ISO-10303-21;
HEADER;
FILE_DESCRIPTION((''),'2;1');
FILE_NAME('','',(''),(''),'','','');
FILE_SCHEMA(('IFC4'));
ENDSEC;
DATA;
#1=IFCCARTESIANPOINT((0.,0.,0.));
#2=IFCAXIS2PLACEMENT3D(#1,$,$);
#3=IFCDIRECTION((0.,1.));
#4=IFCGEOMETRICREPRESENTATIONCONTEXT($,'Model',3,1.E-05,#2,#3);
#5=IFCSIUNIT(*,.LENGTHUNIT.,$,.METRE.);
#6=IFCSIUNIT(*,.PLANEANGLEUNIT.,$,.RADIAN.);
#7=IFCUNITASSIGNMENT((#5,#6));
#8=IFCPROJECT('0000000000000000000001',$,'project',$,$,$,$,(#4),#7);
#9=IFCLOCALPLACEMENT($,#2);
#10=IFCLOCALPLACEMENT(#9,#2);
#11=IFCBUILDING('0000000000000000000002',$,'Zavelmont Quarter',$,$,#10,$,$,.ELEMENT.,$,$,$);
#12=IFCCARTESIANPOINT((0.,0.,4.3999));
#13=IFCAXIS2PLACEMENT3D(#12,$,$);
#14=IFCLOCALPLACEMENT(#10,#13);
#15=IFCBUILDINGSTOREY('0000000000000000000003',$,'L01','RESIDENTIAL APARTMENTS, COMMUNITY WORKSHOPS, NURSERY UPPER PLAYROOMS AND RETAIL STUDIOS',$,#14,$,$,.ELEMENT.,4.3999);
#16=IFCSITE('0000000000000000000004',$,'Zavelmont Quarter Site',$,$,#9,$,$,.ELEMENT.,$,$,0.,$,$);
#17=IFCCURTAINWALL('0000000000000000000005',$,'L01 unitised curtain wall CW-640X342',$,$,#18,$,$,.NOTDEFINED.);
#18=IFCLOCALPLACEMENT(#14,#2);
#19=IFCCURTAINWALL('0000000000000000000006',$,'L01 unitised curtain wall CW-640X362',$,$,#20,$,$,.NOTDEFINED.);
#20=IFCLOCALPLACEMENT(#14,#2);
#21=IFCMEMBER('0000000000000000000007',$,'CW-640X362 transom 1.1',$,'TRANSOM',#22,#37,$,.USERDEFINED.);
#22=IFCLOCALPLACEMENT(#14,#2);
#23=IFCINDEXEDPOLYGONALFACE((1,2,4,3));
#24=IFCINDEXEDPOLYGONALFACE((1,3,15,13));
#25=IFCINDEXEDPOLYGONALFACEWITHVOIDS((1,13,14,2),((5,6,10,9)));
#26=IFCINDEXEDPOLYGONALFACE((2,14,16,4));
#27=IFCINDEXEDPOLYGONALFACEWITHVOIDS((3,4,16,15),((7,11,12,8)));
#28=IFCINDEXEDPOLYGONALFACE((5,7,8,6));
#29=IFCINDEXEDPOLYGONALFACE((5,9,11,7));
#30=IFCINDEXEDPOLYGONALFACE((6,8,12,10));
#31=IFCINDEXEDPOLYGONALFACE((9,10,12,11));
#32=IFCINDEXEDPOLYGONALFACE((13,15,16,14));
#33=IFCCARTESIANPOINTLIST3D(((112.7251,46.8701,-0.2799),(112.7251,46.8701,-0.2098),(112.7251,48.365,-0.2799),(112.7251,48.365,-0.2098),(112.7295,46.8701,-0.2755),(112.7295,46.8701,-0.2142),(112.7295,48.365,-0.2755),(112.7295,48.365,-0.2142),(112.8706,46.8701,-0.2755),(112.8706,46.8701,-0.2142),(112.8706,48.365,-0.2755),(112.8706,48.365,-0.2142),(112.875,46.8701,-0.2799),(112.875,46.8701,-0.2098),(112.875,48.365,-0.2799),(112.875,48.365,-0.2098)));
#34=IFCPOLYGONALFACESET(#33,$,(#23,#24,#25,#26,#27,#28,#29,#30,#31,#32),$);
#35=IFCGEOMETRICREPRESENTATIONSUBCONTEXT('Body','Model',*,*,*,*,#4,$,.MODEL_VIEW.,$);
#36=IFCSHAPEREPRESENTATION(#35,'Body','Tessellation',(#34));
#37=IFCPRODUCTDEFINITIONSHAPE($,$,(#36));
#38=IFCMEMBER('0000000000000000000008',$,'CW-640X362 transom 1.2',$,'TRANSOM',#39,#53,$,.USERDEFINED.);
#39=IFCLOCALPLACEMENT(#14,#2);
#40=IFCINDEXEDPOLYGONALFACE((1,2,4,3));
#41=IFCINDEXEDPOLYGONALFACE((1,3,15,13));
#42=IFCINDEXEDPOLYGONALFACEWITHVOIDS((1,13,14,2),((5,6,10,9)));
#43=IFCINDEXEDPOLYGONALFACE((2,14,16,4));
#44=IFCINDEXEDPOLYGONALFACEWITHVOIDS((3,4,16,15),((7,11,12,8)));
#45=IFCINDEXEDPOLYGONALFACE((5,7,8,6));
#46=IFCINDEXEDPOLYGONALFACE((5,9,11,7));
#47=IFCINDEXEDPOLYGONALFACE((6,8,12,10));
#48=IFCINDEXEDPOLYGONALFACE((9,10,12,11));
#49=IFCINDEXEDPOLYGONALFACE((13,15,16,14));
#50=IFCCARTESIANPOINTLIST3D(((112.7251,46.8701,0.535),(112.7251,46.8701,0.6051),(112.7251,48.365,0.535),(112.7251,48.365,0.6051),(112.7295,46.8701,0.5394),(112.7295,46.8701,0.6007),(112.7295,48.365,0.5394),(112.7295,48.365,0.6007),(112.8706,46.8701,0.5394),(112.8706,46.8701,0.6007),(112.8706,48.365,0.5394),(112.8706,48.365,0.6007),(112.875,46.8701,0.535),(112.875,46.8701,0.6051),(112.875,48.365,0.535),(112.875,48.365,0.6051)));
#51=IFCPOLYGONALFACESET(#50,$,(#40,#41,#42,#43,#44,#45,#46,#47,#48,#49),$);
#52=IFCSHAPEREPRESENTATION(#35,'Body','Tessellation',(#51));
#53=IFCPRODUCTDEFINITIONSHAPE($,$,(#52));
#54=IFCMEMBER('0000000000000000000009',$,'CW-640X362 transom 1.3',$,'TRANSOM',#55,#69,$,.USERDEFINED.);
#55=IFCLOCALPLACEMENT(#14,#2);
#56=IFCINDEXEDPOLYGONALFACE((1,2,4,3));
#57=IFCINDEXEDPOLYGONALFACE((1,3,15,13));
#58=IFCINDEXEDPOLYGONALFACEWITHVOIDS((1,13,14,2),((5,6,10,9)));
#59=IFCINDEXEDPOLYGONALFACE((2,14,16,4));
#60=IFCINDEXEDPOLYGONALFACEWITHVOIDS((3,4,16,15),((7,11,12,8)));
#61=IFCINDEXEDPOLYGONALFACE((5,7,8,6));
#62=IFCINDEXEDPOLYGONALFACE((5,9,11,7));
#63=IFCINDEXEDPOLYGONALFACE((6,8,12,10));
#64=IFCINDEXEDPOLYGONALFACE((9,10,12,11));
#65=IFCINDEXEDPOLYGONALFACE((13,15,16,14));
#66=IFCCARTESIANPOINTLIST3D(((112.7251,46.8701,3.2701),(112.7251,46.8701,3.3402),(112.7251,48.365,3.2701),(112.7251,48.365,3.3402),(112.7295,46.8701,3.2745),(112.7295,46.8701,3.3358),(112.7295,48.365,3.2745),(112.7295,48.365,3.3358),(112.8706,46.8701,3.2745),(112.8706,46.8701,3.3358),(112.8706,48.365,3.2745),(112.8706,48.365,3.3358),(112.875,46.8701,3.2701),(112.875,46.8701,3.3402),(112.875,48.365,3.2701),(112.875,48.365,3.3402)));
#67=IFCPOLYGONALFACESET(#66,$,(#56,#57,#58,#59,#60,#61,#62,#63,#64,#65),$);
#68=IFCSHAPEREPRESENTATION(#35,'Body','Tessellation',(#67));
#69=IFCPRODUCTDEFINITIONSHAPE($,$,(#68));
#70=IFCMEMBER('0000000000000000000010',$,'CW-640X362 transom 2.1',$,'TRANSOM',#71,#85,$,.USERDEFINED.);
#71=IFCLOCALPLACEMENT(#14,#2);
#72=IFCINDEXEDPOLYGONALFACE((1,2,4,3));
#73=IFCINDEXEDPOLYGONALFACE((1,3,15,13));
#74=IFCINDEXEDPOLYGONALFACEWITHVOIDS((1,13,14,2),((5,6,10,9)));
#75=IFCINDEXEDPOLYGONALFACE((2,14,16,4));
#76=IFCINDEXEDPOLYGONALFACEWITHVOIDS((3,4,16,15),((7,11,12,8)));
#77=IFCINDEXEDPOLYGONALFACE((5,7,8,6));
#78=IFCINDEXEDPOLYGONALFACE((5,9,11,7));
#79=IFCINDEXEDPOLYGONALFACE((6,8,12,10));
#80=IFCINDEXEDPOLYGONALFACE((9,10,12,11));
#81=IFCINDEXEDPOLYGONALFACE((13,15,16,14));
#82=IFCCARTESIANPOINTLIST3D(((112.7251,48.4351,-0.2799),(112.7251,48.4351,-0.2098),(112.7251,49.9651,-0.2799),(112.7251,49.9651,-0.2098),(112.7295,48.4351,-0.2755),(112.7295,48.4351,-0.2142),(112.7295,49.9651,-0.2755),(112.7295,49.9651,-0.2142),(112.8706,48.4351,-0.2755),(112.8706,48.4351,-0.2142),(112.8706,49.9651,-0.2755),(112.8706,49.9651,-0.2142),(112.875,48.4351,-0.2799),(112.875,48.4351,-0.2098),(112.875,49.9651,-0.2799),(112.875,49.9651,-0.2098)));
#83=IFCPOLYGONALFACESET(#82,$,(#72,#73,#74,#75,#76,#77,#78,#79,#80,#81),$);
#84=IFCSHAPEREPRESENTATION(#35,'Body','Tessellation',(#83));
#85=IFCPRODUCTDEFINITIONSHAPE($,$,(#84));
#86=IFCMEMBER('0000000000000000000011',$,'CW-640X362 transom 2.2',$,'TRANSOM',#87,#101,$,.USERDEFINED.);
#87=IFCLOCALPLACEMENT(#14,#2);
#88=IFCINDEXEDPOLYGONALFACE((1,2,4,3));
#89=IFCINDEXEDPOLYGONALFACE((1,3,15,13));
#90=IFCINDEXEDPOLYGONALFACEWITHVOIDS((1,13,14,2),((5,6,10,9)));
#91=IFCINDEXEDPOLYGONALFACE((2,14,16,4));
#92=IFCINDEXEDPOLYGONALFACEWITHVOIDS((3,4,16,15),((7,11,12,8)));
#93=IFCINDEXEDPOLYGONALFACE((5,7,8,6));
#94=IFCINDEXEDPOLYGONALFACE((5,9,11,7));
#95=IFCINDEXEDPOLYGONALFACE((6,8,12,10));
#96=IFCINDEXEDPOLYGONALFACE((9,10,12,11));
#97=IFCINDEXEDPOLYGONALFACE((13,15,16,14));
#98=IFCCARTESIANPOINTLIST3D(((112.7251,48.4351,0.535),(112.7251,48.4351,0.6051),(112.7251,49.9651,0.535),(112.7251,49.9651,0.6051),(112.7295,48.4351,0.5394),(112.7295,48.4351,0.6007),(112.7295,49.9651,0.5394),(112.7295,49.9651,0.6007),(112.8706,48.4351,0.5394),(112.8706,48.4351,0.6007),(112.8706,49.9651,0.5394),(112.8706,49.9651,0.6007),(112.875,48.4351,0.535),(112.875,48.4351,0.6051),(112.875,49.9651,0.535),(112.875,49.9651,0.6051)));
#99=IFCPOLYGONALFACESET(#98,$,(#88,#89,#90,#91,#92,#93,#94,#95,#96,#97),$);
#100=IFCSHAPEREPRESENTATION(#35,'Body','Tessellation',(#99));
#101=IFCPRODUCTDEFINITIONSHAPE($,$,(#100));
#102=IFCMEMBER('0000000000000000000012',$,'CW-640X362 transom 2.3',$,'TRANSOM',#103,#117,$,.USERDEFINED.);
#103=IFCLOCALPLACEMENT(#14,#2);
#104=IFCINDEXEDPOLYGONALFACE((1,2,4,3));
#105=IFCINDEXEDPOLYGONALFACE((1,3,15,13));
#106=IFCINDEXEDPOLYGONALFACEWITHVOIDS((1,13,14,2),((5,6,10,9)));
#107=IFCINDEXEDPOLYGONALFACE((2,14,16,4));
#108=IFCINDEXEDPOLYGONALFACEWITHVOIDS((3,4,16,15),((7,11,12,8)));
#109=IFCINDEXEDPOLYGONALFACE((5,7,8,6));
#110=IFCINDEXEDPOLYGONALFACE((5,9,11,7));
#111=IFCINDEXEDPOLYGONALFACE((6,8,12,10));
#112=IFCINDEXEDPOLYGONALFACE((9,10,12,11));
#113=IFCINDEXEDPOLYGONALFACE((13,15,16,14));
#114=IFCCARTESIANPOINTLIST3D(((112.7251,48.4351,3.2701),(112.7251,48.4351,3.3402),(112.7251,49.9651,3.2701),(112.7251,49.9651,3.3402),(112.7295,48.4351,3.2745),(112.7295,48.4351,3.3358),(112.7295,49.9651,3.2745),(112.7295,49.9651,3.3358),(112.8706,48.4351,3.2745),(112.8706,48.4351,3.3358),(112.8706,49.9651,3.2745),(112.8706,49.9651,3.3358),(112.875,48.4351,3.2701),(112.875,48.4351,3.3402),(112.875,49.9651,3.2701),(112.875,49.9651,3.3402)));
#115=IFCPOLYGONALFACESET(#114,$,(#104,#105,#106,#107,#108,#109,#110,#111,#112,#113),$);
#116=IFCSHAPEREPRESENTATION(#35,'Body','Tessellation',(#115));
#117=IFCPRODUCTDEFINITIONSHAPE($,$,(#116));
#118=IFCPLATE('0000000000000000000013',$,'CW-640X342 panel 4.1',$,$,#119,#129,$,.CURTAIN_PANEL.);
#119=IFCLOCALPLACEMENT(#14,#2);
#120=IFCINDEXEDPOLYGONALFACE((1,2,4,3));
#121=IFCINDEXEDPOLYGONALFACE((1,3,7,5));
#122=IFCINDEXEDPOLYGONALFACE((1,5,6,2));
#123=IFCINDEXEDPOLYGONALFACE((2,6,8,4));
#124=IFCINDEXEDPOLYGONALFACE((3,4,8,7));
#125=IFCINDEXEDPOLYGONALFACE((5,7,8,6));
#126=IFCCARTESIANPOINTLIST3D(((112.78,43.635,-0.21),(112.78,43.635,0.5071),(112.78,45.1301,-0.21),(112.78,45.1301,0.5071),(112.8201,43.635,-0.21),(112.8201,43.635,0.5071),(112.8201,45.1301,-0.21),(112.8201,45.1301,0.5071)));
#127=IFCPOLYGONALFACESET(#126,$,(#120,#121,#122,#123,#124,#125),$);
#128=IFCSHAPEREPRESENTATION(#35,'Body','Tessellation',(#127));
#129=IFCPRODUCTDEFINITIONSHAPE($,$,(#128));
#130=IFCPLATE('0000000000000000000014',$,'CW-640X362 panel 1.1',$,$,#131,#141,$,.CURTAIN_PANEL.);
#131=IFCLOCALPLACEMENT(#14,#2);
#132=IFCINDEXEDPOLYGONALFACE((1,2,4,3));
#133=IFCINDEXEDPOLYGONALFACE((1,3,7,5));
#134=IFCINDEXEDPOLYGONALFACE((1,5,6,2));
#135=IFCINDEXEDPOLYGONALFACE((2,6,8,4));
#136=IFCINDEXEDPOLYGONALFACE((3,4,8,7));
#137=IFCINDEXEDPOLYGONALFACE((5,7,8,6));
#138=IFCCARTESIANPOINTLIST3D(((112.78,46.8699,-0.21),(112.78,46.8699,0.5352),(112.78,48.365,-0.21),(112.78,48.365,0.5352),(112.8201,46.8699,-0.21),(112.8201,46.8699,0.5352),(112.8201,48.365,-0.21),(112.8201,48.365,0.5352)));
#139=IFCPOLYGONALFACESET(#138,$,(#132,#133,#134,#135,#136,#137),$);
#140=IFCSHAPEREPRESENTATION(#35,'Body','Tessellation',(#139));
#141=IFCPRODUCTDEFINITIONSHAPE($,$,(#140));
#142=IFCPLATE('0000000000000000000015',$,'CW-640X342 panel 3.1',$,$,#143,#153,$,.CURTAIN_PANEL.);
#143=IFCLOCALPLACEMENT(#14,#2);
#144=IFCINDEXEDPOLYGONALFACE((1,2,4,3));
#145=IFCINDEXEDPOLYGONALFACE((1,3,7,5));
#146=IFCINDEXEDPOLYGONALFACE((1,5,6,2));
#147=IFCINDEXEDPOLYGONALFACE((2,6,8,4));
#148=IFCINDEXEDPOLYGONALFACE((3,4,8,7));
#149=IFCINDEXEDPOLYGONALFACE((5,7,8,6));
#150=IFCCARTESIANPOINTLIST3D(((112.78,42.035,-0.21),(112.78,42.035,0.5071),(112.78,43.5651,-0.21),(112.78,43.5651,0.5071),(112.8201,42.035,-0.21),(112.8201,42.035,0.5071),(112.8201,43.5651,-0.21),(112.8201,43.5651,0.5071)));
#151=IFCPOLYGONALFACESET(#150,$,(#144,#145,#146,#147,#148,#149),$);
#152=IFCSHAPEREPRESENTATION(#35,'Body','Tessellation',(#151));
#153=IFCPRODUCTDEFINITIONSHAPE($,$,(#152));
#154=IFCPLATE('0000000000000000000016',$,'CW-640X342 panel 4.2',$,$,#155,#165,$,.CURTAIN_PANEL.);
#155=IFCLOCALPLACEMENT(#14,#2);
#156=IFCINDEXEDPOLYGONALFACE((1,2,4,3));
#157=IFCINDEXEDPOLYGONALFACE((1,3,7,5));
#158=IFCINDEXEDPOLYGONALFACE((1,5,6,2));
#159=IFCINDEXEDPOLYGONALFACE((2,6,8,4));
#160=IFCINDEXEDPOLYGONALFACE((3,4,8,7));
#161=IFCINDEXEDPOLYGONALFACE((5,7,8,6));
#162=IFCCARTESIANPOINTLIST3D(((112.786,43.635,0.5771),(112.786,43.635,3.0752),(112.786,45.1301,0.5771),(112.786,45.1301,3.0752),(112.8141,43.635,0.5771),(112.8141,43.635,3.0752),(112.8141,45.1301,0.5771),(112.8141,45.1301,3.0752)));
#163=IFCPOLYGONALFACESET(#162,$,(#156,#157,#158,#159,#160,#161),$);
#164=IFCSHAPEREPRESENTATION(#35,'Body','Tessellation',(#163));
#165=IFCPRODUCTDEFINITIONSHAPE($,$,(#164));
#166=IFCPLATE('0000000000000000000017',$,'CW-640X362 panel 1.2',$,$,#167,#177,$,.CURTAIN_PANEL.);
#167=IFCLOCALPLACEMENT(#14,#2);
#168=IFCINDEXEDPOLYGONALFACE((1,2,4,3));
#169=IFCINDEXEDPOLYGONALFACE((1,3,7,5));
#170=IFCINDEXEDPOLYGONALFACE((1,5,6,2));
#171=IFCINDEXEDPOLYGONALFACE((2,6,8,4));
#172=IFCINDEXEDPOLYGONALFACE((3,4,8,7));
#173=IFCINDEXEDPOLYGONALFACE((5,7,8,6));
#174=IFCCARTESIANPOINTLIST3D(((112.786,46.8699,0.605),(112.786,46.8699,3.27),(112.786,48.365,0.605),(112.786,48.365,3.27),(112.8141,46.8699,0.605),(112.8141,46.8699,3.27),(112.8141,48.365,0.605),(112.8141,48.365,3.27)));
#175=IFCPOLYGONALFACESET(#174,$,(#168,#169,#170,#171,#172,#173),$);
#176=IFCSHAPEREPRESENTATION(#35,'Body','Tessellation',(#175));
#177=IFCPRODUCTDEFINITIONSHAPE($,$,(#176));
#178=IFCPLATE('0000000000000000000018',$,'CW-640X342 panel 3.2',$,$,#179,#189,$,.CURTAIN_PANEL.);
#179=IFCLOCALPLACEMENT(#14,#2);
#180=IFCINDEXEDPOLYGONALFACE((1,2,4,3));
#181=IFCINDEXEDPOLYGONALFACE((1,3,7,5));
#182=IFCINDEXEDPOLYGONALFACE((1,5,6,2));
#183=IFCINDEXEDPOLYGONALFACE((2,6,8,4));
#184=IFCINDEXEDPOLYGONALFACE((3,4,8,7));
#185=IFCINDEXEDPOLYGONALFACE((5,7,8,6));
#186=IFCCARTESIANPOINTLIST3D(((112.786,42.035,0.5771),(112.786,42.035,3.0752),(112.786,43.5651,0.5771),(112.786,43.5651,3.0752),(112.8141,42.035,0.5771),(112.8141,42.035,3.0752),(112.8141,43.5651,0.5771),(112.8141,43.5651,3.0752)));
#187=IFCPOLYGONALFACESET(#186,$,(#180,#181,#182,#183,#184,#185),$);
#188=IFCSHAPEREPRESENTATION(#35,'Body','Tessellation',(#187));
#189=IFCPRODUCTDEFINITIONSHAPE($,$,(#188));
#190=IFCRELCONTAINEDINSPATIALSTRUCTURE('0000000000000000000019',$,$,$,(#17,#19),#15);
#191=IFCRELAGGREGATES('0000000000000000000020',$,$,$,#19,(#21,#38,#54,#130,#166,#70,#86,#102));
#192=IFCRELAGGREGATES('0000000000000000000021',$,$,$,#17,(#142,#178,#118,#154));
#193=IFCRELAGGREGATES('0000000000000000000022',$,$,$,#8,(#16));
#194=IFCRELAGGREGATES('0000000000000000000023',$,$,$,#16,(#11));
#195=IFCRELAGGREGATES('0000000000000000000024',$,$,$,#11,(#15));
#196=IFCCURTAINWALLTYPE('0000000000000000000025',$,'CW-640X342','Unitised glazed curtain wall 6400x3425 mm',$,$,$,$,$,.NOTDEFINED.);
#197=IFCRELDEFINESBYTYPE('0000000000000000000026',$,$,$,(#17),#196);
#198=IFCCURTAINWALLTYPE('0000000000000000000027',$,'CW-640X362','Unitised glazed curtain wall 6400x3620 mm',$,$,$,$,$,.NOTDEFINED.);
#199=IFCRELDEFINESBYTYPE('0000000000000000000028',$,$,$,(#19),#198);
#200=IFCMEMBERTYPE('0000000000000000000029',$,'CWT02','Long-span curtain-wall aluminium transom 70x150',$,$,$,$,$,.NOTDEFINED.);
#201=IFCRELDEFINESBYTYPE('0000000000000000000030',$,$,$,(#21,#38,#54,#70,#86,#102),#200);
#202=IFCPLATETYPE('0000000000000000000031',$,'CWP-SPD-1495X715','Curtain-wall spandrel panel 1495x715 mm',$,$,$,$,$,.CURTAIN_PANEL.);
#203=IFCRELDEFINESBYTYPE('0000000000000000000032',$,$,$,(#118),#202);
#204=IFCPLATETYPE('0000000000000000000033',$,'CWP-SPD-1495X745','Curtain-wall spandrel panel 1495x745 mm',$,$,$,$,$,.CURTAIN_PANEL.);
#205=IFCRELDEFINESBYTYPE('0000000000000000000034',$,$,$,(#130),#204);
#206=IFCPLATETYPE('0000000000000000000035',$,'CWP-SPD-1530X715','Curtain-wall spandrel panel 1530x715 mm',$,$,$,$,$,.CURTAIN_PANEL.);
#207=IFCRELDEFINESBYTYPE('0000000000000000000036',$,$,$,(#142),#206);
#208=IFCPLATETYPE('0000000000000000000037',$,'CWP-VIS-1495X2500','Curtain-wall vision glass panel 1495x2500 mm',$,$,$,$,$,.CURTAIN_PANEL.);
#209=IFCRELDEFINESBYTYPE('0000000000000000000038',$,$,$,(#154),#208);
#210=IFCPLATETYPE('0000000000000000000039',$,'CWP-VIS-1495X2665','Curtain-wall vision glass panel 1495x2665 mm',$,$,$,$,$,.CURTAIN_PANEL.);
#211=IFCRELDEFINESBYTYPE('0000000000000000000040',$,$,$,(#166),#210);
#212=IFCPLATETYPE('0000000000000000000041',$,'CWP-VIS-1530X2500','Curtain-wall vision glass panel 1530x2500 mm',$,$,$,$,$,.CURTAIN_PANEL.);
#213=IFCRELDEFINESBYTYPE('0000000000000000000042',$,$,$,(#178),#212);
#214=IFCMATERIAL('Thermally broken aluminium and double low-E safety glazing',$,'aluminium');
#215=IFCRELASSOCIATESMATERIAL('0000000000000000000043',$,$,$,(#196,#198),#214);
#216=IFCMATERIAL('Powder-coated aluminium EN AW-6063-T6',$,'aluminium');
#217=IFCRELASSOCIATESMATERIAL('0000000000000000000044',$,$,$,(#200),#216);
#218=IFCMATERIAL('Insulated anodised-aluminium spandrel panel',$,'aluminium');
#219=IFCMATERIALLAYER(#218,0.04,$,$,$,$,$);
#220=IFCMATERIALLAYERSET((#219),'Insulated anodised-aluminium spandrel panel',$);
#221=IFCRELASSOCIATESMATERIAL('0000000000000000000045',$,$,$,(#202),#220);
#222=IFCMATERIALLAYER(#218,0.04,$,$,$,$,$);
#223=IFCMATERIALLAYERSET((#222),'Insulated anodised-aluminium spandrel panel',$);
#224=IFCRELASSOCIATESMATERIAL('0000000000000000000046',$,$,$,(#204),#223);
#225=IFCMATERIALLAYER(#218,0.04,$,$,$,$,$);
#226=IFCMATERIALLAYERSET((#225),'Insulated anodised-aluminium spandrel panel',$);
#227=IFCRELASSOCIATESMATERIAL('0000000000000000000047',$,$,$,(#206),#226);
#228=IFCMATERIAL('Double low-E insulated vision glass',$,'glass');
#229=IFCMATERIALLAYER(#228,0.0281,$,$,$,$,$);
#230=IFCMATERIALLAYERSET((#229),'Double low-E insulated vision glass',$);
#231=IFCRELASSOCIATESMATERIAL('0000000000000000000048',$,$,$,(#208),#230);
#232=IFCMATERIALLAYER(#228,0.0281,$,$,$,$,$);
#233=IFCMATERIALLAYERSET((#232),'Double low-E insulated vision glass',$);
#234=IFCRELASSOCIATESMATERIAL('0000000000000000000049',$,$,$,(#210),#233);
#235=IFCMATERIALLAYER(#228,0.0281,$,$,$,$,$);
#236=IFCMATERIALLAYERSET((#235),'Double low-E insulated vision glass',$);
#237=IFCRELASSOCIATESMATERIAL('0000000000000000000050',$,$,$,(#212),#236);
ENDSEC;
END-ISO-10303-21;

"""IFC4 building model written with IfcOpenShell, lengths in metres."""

from ifc_helpers import new_model, si_unit, direction, frame, origin, origin_2d, place, context, subcontext, project, spatial, rectangle, hollow_rectangle, extrude, material, layer, layer_set, material_profile, profile_set, type_object, element, aggregate, save


model = new_model("IFC4")

# Units and contexts
model_context = context("Model", 3, precision=1e-05, world=origin(), true_north=direction((0.0, 1.0)))
body_context = subcontext(model_context, "Body", "Model", "MODEL_VIEW")
ifc_project = project(units=[si_unit("LENGTHUNIT", "METRE"), si_unit("PLANEANGLEUNIT", "RADIAN")], contexts=[model_context])

# Site, building, storey
site_placement = place(None, origin())
site = spatial("IfcSite", under=ifc_project, at=site_placement, Name="Zavelmont Quarter Site", CompositionType="ELEMENT", RefElevation=0.0)
building_placement = place(site_placement, origin())
building = spatial("IfcBuilding", under=site, at=building_placement, Name="Zavelmont Quarter", CompositionType="ELEMENT")
storey_placement = place(building_placement, frame((0.0, 0.0, 4.3999)))
storey = spatial("IfcBuildingStorey", under=building, at=storey_placement, Name="L01", Description="RESIDENTIAL APARTMENTS, COMMUNITY WORKSHOPS, NURSERY UPPER PLAYROOMS AND RETAIL STUDIOS", CompositionType="ELEMENT", Elevation=4.3999)

# Curtain walls
ifc_material_1 = material(Name="Thermally broken aluminium and double low-E safety glazing", Category="aluminium")
curtain_wall_type_1 = type_object("IfcCurtainWallType", Name="CW-640X342", Description="Unitised glazed curtain wall 6400x3425 mm", PredefinedType="NOTDEFINED", material=ifc_material_1)
curtain_wall_1_placement = place(storey_placement, origin())
curtain_wall_1 = element("IfcCurtainWall", 1, at=curtain_wall_1_placement, inside=storey, type_object=curtain_wall_type_1, Name="L01 unitised curtain wall CW-640X342", PredefinedType="NOTDEFINED")
ifc_material_2 = material(Name="Powder-coated aluminium EN AW-6063-T6", Category="aluminium")
curtain_wall_type_2 = type_object("IfcCurtainWallType", Name="CW-640X362", Description="Unitised glazed curtain wall 6400x3620 mm", PredefinedType="NOTDEFINED", material=ifc_material_1)
curtain_wall_2_placement = place(storey_placement, origin())
curtain_wall_2 = element("IfcCurtainWall", 2, at=curtain_wall_2_placement, inside=storey, type_object=curtain_wall_type_2, Name="L01 unitised curtain wall CW-640X362", PredefinedType="NOTDEFINED")

# Members
ifc_material_profile_1 = material_profile(ifc_material_2, hollow_rectangle(XDim=0.1499, YDim=0.0701, WallThickness=0.0044, at=origin_2d()), Name="CWT70X150")
ifc_profile_set_1 = profile_set([ifc_material_profile_1], Name="Powder-coated aluminium EN AW-6063-T6")
member_type_1 = type_object("IfcMemberType", Name="CWT02", Description="Long-span curtain-wall aluminium transom 70x150", PredefinedType="NOTDEFINED", material=ifc_profile_set_1)
member_1_placement = place(storey_placement, frame((112.8, 46.8701, -0.2449), z_axis=(0.0, 1.0, 0.0), x_axis=(-1.0, 0.0, 0.0)))
member_1 = element("IfcMember", 3, at=member_1_placement, type_object=member_type_1, Name="CW-640X362 transom 1.1", ObjectType="TRANSOM", PredefinedType="USERDEFINED", context=body_context, shape_type="SweptSolid", body=[
    extrude(hollow_rectangle(XDim=0.1499, YDim=0.0701, WallThickness=0.0044, at=origin_2d()), origin(), (0.0, 0.0, 1.0), 1.4949),
])
member_2_placement = place(storey_placement, frame((112.8, 46.8701, 0.5701), z_axis=(0.0, 1.0, 0.0), x_axis=(-1.0, 0.0, 0.0)))
member_2 = element("IfcMember", 4, at=member_2_placement, type_object=member_type_1, Name="CW-640X362 transom 1.2", ObjectType="TRANSOM", PredefinedType="USERDEFINED", context=body_context, shape_type="SweptSolid", body=[
    extrude(hollow_rectangle(XDim=0.1499, YDim=0.0701, WallThickness=0.0044, at=origin_2d()), origin(), (0.0, 0.0, 1.0), 1.4949),
])
member_3_placement = place(storey_placement, frame((112.8, 46.8701, 3.3052), z_axis=(0.0, 1.0, 0.0), x_axis=(-1.0, 0.0, 0.0)))
member_3 = element("IfcMember", 5, at=member_3_placement, type_object=member_type_1, Name="CW-640X362 transom 1.3", ObjectType="TRANSOM", PredefinedType="USERDEFINED", context=body_context, shape_type="SweptSolid", body=[
    extrude(hollow_rectangle(XDim=0.1499, YDim=0.0701, WallThickness=0.0044, at=origin_2d()), origin(), (0.0, 0.0, 1.0), 1.4949),
])
member_4_placement = place(storey_placement, frame((112.8, 48.4351, -0.2449), z_axis=(0.0, 1.0, 0.0), x_axis=(-1.0, 0.0, 0.0)))
member_4 = element("IfcMember", 6, at=member_4_placement, type_object=member_type_1, Name="CW-640X362 transom 2.1", ObjectType="TRANSOM", PredefinedType="USERDEFINED", context=body_context, shape_type="SweptSolid", body=[
    extrude(hollow_rectangle(XDim=0.1499, YDim=0.0701, WallThickness=0.0044, at=origin_2d()), origin(), (0.0, 0.0, 1.0), 1.53),
])
member_5_placement = place(storey_placement, frame((112.8, 48.4351, 0.5701), z_axis=(0.0, 1.0, 0.0), x_axis=(-1.0, 0.0, 0.0)))
member_5 = element("IfcMember", 7, at=member_5_placement, type_object=member_type_1, Name="CW-640X362 transom 2.2", ObjectType="TRANSOM", PredefinedType="USERDEFINED", context=body_context, shape_type="SweptSolid", body=[
    extrude(hollow_rectangle(XDim=0.1499, YDim=0.0701, WallThickness=0.0044, at=origin_2d()), origin(), (0.0, 0.0, 1.0), 1.53),
])
member_6_placement = place(storey_placement, frame((112.8, 48.4351, 3.3052), z_axis=(0.0, 1.0, 0.0), x_axis=(-1.0, 0.0, 0.0)))
member_6 = element("IfcMember", 8, at=member_6_placement, type_object=member_type_1, Name="CW-640X362 transom 2.3", ObjectType="TRANSOM", PredefinedType="USERDEFINED", context=body_context, shape_type="SweptSolid", body=[
    extrude(hollow_rectangle(XDim=0.1499, YDim=0.0701, WallThickness=0.0044, at=origin_2d()), origin(), (0.0, 0.0, 1.0), 1.53),
])

# Plates
ifc_material_3 = material(Name="Insulated anodised-aluminium spandrel panel", Category="aluminium")
ifc_layer_1 = layer(ifc_material_3, 0.04)
ifc_layer_set_1 = layer_set([ifc_layer_1], Name="Insulated anodised-aluminium spandrel panel")
plate_type_1 = type_object("IfcPlateType", Name="CWP-SPD-1495X715", Description="Curtain-wall spandrel panel 1495x715 mm", PredefinedType="CURTAIN_PANEL", material=ifc_layer_set_1)
plate_1_placement = place(storey_placement, frame((112.8, 44.3826, -0.21), z_axis=(0.0, 0.0, 1.0), x_axis=(0.0, 1.0, 0.0)))
plate_1 = element("IfcPlate", 9, at=plate_1_placement, type_object=plate_type_1, Name="CW-640X342 panel 4.1", PredefinedType="CURTAIN_PANEL", context=body_context, shape_type="SweptSolid", body=[
    extrude(rectangle(XDim=1.4951, YDim=0.04, at=origin_2d()), origin(), (0.0, 0.0, 1.0), 0.717),
])
ifc_layer_2 = layer(ifc_material_3, 0.04)
ifc_layer_set_2 = layer_set([ifc_layer_2], Name="Insulated anodised-aluminium spandrel panel")
plate_type_2 = type_object("IfcPlateType", Name="CWP-SPD-1495X745", Description="Curtain-wall spandrel panel 1495x745 mm", PredefinedType="CURTAIN_PANEL", material=ifc_layer_set_2)
plate_2_placement = place(storey_placement, frame((112.8, 47.6174, -0.21), z_axis=(0.0, 0.0, 1.0), x_axis=(0.0, 1.0, 0.0)))
plate_2 = element("IfcPlate", 10, at=plate_2_placement, type_object=plate_type_2, Name="CW-640X362 panel 1.1", PredefinedType="CURTAIN_PANEL", context=body_context, shape_type="SweptSolid", body=[
    extrude(rectangle(XDim=1.4951, YDim=0.04, at=origin_2d()), origin(), (0.0, 0.0, 1.0), 0.7451),
])
ifc_layer_3 = layer(ifc_material_3, 0.04)
ifc_layer_set_3 = layer_set([ifc_layer_3], Name="Insulated anodised-aluminium spandrel panel")
plate_type_3 = type_object("IfcPlateType", Name="CWP-SPD-1530X715", Description="Curtain-wall spandrel panel 1530x715 mm", PredefinedType="CURTAIN_PANEL", material=ifc_layer_set_3)
plate_3_placement = place(storey_placement, frame((112.8, 42.8, -0.21), z_axis=(0.0, 0.0, 1.0), x_axis=(0.0, 1.0, 0.0)))
plate_3 = element("IfcPlate", 11, at=plate_3_placement, type_object=plate_type_3, Name="CW-640X342 panel 3.1", PredefinedType="CURTAIN_PANEL", context=body_context, shape_type="SweptSolid", body=[
    extrude(rectangle(XDim=1.53, YDim=0.04, at=origin_2d()), origin(), (0.0, 0.0, 1.0), 0.717),
])
ifc_material_4 = material(Name="Double low-E insulated vision glass", Category="glass")
ifc_layer_4 = layer(ifc_material_4, 0.0281)
ifc_layer_set_4 = layer_set([ifc_layer_4], Name="Double low-E insulated vision glass")
plate_type_4 = type_object("IfcPlateType", Name="CWP-VIS-1495X2500", Description="Curtain-wall vision glass panel 1495x2500 mm", PredefinedType="CURTAIN_PANEL", material=ifc_layer_set_4)
plate_4_placement = place(storey_placement, frame((112.8, 44.3826, 0.5771), z_axis=(0.0, 0.0, 1.0), x_axis=(0.0, 1.0, 0.0)))
plate_4 = element("IfcPlate", 12, at=plate_4_placement, type_object=plate_type_4, Name="CW-640X342 panel 4.2", PredefinedType="CURTAIN_PANEL", context=body_context, shape_type="SweptSolid", body=[
    extrude(rectangle(XDim=1.4951, YDim=0.0281, at=origin_2d()), origin(), (0.0, 0.0, 1.0), 2.498),
])
ifc_layer_5 = layer(ifc_material_4, 0.0281)
ifc_layer_set_5 = layer_set([ifc_layer_5], Name="Double low-E insulated vision glass")
plate_type_5 = type_object("IfcPlateType", Name="CWP-VIS-1495X2665", Description="Curtain-wall vision glass panel 1495x2665 mm", PredefinedType="CURTAIN_PANEL", material=ifc_layer_set_5)
plate_5_placement = place(storey_placement, frame((112.8, 47.6174, 0.605), z_axis=(0.0, 0.0, 1.0), x_axis=(0.0, 1.0, 0.0)))
plate_5 = element("IfcPlate", 13, at=plate_5_placement, type_object=plate_type_5, Name="CW-640X362 panel 1.2", PredefinedType="CURTAIN_PANEL", context=body_context, shape_type="SweptSolid", body=[
    extrude(rectangle(XDim=1.4951, YDim=0.0281, at=origin_2d()), origin(), (0.0, 0.0, 1.0), 2.665),
])
aggregate(curtain_wall_2, [member_1, member_2, member_3, plate_2, plate_5, member_4, member_5, member_6])
ifc_layer_6 = layer(ifc_material_4, 0.0281)
ifc_layer_set_6 = layer_set([ifc_layer_6], Name="Double low-E insulated vision glass")
plate_type_6 = type_object("IfcPlateType", Name="CWP-VIS-1530X2500", Description="Curtain-wall vision glass panel 1530x2500 mm", PredefinedType="CURTAIN_PANEL", material=ifc_layer_set_6)
plate_6_placement = place(storey_placement, frame((112.8, 42.8, 0.5771), z_axis=(0.0, 0.0, 1.0), x_axis=(0.0, 1.0, 0.0)))
plate_6 = element("IfcPlate", 14, at=plate_6_placement, type_object=plate_type_6, Name="CW-640X342 panel 3.2", PredefinedType="CURTAIN_PANEL", context=body_context, shape_type="SweptSolid", body=[
    extrude(rectangle(XDim=1.53, YDim=0.0281, at=origin_2d()), origin(), (0.0, 0.0, 1.0), 2.498),
])
aggregate(curtain_wall_1, [plate_3, plate_6, plate_1, plate_4])

save(model, "model.ifc")
